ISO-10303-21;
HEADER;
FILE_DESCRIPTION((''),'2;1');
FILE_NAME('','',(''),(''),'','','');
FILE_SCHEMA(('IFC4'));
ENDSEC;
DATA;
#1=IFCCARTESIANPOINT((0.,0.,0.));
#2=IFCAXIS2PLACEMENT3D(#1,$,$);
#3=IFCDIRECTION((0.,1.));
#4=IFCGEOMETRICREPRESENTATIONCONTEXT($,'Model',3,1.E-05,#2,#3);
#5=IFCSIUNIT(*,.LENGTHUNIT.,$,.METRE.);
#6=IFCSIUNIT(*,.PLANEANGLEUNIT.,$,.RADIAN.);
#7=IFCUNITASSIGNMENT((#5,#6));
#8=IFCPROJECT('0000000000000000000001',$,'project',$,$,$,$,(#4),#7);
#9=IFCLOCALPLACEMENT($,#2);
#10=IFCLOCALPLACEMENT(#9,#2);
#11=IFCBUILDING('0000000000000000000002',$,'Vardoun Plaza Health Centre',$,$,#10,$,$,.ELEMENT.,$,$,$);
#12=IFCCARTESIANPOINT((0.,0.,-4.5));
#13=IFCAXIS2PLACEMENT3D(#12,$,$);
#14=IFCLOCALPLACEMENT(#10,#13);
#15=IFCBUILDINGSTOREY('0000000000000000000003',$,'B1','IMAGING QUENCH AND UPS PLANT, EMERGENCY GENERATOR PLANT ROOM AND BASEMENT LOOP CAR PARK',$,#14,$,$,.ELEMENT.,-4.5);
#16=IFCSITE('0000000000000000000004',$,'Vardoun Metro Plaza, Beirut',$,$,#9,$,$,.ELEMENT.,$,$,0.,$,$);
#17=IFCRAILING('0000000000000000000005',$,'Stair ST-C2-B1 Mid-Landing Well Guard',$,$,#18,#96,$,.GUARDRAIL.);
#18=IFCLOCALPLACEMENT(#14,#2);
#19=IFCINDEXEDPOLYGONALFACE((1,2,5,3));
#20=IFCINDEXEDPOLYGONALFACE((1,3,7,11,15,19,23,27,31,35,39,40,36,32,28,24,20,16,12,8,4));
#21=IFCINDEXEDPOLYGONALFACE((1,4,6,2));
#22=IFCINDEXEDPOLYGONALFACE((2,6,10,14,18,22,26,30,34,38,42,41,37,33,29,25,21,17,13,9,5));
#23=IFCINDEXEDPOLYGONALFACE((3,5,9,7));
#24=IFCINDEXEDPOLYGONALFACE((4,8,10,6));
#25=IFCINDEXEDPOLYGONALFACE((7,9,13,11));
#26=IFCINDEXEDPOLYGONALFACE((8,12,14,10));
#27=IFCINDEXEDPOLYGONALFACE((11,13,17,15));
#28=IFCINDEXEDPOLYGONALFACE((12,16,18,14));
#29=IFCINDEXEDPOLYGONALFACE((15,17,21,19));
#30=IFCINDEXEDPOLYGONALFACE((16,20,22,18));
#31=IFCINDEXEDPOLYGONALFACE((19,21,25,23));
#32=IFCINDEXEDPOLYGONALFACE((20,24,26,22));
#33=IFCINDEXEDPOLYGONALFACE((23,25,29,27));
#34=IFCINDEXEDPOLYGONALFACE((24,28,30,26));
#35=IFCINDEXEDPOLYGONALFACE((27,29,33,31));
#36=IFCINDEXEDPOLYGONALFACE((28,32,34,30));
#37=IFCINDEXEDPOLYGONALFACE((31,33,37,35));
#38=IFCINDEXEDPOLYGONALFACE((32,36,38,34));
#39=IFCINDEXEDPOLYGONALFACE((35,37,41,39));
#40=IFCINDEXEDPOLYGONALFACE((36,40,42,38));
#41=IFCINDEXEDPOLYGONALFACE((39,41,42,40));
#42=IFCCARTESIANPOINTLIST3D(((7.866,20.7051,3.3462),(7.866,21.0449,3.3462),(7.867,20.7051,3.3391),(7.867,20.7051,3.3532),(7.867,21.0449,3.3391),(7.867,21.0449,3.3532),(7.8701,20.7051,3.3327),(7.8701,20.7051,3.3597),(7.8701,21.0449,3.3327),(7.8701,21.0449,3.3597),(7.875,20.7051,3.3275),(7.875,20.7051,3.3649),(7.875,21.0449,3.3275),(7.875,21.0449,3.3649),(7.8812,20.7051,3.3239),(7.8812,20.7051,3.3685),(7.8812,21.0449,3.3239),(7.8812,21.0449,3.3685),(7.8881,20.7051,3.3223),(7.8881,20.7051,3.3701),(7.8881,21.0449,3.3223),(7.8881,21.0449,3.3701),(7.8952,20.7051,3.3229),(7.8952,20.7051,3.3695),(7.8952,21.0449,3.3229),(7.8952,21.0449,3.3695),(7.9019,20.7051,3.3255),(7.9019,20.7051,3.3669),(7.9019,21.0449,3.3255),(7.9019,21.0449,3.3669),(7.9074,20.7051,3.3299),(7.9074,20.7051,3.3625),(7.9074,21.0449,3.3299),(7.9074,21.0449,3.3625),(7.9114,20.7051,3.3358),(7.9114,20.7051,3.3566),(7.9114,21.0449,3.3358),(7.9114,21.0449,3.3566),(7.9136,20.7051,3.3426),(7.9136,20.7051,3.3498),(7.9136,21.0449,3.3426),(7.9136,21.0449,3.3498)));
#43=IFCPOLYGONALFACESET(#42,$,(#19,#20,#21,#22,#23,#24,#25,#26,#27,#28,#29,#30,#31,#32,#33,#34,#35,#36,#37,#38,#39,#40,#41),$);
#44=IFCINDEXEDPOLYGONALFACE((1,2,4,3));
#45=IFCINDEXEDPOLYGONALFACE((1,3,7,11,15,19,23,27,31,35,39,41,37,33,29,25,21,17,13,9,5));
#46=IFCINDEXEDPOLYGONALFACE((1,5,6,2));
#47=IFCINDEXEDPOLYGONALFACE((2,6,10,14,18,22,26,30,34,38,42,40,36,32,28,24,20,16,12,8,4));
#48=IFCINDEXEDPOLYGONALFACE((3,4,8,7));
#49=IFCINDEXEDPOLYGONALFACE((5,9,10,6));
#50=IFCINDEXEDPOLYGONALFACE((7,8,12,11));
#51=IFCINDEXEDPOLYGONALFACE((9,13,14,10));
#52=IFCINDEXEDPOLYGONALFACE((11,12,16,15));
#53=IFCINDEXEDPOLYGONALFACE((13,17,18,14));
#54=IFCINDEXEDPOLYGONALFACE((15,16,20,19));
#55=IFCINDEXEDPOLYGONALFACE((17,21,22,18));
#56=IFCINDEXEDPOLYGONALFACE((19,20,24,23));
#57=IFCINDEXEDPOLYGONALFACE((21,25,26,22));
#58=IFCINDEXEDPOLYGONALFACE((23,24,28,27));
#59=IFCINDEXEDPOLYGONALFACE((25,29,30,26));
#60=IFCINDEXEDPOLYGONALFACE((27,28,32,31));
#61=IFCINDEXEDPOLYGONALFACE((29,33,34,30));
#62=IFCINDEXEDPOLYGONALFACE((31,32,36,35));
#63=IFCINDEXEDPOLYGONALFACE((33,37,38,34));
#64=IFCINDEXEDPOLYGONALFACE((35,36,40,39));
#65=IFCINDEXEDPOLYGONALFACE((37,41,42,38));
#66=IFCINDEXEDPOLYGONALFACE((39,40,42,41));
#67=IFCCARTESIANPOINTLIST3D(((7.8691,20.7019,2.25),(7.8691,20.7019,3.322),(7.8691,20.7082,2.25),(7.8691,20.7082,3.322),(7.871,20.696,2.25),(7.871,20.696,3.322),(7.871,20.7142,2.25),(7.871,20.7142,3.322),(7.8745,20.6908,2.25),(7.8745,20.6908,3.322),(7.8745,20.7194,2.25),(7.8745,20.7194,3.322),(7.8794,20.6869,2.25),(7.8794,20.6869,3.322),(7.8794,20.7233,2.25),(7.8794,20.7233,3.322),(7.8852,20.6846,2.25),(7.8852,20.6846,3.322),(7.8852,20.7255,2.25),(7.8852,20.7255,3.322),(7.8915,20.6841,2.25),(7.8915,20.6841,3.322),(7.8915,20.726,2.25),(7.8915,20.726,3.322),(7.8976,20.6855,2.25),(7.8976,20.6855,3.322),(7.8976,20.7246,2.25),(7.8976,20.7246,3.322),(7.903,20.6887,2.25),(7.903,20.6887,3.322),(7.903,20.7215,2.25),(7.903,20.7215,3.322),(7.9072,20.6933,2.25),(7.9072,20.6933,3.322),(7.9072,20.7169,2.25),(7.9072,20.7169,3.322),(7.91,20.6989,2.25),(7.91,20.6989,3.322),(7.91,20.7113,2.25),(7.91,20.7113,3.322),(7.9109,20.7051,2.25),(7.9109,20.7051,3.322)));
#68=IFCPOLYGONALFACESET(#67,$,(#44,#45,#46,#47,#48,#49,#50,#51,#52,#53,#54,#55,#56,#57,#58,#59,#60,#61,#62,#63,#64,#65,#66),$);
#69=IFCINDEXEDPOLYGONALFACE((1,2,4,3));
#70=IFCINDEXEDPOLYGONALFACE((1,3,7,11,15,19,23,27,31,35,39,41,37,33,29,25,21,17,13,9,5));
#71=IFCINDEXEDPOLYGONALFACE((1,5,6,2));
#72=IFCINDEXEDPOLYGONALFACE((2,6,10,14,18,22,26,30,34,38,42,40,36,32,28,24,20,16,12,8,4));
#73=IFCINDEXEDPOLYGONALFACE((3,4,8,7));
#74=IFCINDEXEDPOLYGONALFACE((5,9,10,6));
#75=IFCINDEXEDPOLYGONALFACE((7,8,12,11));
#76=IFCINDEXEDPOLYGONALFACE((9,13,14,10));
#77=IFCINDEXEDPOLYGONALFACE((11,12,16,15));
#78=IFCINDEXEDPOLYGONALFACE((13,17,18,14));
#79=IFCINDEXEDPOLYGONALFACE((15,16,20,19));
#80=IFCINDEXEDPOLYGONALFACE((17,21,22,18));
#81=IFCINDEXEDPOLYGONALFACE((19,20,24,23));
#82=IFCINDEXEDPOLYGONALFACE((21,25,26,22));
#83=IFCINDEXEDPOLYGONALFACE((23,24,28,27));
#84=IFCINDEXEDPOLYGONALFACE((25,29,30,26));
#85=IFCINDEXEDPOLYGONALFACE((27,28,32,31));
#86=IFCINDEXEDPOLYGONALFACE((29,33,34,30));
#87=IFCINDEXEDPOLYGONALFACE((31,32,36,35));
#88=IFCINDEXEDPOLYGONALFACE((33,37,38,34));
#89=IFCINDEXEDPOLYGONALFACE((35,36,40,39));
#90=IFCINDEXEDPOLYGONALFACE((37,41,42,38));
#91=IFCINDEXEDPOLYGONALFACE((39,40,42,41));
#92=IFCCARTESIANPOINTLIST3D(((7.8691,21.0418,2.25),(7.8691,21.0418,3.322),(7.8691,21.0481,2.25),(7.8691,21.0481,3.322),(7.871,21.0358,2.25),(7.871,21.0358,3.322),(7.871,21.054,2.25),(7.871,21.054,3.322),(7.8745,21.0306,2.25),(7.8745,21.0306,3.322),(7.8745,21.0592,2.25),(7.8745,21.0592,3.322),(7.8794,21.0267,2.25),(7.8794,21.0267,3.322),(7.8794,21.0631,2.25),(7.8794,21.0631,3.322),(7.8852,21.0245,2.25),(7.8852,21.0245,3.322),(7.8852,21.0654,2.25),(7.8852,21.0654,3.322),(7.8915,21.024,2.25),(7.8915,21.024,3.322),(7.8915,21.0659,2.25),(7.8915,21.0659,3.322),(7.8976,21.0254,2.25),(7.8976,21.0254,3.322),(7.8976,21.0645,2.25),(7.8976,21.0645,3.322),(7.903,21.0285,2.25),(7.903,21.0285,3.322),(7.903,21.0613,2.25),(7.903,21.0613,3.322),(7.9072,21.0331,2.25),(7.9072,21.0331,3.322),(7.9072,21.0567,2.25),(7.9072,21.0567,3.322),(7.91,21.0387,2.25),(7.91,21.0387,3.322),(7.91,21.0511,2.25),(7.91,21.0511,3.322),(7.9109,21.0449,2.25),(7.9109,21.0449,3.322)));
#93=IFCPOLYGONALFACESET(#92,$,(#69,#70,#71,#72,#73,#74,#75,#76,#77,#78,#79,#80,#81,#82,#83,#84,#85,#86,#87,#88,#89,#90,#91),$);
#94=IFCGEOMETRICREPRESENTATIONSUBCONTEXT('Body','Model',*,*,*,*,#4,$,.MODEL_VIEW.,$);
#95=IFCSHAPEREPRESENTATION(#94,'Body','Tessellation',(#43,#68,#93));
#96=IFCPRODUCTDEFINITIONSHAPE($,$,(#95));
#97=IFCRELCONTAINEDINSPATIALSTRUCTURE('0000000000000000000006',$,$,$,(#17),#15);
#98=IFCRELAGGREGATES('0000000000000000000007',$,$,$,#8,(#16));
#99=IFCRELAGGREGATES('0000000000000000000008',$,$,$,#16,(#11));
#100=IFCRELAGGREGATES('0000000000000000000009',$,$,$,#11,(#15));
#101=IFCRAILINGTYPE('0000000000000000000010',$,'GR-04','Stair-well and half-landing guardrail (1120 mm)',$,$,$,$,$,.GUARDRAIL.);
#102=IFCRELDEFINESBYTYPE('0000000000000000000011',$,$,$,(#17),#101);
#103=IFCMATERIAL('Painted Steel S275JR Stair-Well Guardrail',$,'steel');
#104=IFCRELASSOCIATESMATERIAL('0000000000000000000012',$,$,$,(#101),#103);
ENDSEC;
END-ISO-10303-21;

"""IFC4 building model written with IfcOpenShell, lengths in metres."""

from ifc_helpers import new_model, si_unit, direction, frame, origin, origin_2d, place, context, subcontext, project, spatial, circle, extrude, material, type_object, element, save


model = new_model("IFC4")

# Units and contexts
model_context = context("Model", 3, precision=1e-05, world=origin(), true_north=direction((0.0, 1.0)))
body_context = subcontext(model_context, "Body", "Model", "MODEL_VIEW")
ifc_project = project(units=[si_unit("LENGTHUNIT", "METRE"), si_unit("PLANEANGLEUNIT", "RADIAN")], contexts=[model_context])

# Site, building, storey
site_placement = place(None, origin())
site = spatial("IfcSite", under=ifc_project, at=site_placement, Name="Vardoun Metro Plaza, Beirut", CompositionType="ELEMENT", RefElevation=0.0)
building_placement = place(site_placement, origin())
building = spatial("IfcBuilding", under=site, at=building_placement, Name="Vardoun Plaza Health Centre", CompositionType="ELEMENT")
storey_placement = place(building_placement, frame((0.0, 0.0, -4.5)))
storey = spatial("IfcBuildingStorey", under=building, at=storey_placement, Name="B1", Description="IMAGING QUENCH AND UPS PLANT, EMERGENCY GENERATOR PLANT ROOM AND BASEMENT LOOP CAR PARK", CompositionType="ELEMENT", Elevation=-4.5)

# Railing
ifc_material_1 = material(Name="Painted Steel S275JR Stair-Well Guardrail", Category="steel")
railing_type_1 = type_object("IfcRailingType", Name="GR-04", Description="Stair-well and half-landing guardrail (1120 mm)", PredefinedType="GUARDRAIL", material=ifc_material_1)
railing_1_placement = place(storey_placement, frame((7.8899, 20.7051, 2.25)))
element("IfcRailing", 1, at=railing_1_placement, inside=storey, type_object=railing_type_1, Name="Stair ST-C2-B1 Mid-Landing Well Guard", PredefinedType="GUARDRAIL", context=body_context, shape_type="SweptSolid", body=[
    extrude(circle(Radius=0.0239, at=origin_2d()), frame((0.0, 0.0, 1.0962), z_axis=(0.0, 1.0, 0.0), x_axis=(-1.0, 0.0, 0.0)), (0.0, 0.0, 1.0), 0.3398),
    extrude(circle(Radius=0.021, at=origin_2d()), origin(), (0.0, 0.0, 1.0), 1.072),
    extrude(circle(Radius=0.021, at=origin_2d()), frame((0.0, 0.3398, 0.0)), (0.0, 0.0, 1.0), 1.072),
])

save(model, "model.ifc")
